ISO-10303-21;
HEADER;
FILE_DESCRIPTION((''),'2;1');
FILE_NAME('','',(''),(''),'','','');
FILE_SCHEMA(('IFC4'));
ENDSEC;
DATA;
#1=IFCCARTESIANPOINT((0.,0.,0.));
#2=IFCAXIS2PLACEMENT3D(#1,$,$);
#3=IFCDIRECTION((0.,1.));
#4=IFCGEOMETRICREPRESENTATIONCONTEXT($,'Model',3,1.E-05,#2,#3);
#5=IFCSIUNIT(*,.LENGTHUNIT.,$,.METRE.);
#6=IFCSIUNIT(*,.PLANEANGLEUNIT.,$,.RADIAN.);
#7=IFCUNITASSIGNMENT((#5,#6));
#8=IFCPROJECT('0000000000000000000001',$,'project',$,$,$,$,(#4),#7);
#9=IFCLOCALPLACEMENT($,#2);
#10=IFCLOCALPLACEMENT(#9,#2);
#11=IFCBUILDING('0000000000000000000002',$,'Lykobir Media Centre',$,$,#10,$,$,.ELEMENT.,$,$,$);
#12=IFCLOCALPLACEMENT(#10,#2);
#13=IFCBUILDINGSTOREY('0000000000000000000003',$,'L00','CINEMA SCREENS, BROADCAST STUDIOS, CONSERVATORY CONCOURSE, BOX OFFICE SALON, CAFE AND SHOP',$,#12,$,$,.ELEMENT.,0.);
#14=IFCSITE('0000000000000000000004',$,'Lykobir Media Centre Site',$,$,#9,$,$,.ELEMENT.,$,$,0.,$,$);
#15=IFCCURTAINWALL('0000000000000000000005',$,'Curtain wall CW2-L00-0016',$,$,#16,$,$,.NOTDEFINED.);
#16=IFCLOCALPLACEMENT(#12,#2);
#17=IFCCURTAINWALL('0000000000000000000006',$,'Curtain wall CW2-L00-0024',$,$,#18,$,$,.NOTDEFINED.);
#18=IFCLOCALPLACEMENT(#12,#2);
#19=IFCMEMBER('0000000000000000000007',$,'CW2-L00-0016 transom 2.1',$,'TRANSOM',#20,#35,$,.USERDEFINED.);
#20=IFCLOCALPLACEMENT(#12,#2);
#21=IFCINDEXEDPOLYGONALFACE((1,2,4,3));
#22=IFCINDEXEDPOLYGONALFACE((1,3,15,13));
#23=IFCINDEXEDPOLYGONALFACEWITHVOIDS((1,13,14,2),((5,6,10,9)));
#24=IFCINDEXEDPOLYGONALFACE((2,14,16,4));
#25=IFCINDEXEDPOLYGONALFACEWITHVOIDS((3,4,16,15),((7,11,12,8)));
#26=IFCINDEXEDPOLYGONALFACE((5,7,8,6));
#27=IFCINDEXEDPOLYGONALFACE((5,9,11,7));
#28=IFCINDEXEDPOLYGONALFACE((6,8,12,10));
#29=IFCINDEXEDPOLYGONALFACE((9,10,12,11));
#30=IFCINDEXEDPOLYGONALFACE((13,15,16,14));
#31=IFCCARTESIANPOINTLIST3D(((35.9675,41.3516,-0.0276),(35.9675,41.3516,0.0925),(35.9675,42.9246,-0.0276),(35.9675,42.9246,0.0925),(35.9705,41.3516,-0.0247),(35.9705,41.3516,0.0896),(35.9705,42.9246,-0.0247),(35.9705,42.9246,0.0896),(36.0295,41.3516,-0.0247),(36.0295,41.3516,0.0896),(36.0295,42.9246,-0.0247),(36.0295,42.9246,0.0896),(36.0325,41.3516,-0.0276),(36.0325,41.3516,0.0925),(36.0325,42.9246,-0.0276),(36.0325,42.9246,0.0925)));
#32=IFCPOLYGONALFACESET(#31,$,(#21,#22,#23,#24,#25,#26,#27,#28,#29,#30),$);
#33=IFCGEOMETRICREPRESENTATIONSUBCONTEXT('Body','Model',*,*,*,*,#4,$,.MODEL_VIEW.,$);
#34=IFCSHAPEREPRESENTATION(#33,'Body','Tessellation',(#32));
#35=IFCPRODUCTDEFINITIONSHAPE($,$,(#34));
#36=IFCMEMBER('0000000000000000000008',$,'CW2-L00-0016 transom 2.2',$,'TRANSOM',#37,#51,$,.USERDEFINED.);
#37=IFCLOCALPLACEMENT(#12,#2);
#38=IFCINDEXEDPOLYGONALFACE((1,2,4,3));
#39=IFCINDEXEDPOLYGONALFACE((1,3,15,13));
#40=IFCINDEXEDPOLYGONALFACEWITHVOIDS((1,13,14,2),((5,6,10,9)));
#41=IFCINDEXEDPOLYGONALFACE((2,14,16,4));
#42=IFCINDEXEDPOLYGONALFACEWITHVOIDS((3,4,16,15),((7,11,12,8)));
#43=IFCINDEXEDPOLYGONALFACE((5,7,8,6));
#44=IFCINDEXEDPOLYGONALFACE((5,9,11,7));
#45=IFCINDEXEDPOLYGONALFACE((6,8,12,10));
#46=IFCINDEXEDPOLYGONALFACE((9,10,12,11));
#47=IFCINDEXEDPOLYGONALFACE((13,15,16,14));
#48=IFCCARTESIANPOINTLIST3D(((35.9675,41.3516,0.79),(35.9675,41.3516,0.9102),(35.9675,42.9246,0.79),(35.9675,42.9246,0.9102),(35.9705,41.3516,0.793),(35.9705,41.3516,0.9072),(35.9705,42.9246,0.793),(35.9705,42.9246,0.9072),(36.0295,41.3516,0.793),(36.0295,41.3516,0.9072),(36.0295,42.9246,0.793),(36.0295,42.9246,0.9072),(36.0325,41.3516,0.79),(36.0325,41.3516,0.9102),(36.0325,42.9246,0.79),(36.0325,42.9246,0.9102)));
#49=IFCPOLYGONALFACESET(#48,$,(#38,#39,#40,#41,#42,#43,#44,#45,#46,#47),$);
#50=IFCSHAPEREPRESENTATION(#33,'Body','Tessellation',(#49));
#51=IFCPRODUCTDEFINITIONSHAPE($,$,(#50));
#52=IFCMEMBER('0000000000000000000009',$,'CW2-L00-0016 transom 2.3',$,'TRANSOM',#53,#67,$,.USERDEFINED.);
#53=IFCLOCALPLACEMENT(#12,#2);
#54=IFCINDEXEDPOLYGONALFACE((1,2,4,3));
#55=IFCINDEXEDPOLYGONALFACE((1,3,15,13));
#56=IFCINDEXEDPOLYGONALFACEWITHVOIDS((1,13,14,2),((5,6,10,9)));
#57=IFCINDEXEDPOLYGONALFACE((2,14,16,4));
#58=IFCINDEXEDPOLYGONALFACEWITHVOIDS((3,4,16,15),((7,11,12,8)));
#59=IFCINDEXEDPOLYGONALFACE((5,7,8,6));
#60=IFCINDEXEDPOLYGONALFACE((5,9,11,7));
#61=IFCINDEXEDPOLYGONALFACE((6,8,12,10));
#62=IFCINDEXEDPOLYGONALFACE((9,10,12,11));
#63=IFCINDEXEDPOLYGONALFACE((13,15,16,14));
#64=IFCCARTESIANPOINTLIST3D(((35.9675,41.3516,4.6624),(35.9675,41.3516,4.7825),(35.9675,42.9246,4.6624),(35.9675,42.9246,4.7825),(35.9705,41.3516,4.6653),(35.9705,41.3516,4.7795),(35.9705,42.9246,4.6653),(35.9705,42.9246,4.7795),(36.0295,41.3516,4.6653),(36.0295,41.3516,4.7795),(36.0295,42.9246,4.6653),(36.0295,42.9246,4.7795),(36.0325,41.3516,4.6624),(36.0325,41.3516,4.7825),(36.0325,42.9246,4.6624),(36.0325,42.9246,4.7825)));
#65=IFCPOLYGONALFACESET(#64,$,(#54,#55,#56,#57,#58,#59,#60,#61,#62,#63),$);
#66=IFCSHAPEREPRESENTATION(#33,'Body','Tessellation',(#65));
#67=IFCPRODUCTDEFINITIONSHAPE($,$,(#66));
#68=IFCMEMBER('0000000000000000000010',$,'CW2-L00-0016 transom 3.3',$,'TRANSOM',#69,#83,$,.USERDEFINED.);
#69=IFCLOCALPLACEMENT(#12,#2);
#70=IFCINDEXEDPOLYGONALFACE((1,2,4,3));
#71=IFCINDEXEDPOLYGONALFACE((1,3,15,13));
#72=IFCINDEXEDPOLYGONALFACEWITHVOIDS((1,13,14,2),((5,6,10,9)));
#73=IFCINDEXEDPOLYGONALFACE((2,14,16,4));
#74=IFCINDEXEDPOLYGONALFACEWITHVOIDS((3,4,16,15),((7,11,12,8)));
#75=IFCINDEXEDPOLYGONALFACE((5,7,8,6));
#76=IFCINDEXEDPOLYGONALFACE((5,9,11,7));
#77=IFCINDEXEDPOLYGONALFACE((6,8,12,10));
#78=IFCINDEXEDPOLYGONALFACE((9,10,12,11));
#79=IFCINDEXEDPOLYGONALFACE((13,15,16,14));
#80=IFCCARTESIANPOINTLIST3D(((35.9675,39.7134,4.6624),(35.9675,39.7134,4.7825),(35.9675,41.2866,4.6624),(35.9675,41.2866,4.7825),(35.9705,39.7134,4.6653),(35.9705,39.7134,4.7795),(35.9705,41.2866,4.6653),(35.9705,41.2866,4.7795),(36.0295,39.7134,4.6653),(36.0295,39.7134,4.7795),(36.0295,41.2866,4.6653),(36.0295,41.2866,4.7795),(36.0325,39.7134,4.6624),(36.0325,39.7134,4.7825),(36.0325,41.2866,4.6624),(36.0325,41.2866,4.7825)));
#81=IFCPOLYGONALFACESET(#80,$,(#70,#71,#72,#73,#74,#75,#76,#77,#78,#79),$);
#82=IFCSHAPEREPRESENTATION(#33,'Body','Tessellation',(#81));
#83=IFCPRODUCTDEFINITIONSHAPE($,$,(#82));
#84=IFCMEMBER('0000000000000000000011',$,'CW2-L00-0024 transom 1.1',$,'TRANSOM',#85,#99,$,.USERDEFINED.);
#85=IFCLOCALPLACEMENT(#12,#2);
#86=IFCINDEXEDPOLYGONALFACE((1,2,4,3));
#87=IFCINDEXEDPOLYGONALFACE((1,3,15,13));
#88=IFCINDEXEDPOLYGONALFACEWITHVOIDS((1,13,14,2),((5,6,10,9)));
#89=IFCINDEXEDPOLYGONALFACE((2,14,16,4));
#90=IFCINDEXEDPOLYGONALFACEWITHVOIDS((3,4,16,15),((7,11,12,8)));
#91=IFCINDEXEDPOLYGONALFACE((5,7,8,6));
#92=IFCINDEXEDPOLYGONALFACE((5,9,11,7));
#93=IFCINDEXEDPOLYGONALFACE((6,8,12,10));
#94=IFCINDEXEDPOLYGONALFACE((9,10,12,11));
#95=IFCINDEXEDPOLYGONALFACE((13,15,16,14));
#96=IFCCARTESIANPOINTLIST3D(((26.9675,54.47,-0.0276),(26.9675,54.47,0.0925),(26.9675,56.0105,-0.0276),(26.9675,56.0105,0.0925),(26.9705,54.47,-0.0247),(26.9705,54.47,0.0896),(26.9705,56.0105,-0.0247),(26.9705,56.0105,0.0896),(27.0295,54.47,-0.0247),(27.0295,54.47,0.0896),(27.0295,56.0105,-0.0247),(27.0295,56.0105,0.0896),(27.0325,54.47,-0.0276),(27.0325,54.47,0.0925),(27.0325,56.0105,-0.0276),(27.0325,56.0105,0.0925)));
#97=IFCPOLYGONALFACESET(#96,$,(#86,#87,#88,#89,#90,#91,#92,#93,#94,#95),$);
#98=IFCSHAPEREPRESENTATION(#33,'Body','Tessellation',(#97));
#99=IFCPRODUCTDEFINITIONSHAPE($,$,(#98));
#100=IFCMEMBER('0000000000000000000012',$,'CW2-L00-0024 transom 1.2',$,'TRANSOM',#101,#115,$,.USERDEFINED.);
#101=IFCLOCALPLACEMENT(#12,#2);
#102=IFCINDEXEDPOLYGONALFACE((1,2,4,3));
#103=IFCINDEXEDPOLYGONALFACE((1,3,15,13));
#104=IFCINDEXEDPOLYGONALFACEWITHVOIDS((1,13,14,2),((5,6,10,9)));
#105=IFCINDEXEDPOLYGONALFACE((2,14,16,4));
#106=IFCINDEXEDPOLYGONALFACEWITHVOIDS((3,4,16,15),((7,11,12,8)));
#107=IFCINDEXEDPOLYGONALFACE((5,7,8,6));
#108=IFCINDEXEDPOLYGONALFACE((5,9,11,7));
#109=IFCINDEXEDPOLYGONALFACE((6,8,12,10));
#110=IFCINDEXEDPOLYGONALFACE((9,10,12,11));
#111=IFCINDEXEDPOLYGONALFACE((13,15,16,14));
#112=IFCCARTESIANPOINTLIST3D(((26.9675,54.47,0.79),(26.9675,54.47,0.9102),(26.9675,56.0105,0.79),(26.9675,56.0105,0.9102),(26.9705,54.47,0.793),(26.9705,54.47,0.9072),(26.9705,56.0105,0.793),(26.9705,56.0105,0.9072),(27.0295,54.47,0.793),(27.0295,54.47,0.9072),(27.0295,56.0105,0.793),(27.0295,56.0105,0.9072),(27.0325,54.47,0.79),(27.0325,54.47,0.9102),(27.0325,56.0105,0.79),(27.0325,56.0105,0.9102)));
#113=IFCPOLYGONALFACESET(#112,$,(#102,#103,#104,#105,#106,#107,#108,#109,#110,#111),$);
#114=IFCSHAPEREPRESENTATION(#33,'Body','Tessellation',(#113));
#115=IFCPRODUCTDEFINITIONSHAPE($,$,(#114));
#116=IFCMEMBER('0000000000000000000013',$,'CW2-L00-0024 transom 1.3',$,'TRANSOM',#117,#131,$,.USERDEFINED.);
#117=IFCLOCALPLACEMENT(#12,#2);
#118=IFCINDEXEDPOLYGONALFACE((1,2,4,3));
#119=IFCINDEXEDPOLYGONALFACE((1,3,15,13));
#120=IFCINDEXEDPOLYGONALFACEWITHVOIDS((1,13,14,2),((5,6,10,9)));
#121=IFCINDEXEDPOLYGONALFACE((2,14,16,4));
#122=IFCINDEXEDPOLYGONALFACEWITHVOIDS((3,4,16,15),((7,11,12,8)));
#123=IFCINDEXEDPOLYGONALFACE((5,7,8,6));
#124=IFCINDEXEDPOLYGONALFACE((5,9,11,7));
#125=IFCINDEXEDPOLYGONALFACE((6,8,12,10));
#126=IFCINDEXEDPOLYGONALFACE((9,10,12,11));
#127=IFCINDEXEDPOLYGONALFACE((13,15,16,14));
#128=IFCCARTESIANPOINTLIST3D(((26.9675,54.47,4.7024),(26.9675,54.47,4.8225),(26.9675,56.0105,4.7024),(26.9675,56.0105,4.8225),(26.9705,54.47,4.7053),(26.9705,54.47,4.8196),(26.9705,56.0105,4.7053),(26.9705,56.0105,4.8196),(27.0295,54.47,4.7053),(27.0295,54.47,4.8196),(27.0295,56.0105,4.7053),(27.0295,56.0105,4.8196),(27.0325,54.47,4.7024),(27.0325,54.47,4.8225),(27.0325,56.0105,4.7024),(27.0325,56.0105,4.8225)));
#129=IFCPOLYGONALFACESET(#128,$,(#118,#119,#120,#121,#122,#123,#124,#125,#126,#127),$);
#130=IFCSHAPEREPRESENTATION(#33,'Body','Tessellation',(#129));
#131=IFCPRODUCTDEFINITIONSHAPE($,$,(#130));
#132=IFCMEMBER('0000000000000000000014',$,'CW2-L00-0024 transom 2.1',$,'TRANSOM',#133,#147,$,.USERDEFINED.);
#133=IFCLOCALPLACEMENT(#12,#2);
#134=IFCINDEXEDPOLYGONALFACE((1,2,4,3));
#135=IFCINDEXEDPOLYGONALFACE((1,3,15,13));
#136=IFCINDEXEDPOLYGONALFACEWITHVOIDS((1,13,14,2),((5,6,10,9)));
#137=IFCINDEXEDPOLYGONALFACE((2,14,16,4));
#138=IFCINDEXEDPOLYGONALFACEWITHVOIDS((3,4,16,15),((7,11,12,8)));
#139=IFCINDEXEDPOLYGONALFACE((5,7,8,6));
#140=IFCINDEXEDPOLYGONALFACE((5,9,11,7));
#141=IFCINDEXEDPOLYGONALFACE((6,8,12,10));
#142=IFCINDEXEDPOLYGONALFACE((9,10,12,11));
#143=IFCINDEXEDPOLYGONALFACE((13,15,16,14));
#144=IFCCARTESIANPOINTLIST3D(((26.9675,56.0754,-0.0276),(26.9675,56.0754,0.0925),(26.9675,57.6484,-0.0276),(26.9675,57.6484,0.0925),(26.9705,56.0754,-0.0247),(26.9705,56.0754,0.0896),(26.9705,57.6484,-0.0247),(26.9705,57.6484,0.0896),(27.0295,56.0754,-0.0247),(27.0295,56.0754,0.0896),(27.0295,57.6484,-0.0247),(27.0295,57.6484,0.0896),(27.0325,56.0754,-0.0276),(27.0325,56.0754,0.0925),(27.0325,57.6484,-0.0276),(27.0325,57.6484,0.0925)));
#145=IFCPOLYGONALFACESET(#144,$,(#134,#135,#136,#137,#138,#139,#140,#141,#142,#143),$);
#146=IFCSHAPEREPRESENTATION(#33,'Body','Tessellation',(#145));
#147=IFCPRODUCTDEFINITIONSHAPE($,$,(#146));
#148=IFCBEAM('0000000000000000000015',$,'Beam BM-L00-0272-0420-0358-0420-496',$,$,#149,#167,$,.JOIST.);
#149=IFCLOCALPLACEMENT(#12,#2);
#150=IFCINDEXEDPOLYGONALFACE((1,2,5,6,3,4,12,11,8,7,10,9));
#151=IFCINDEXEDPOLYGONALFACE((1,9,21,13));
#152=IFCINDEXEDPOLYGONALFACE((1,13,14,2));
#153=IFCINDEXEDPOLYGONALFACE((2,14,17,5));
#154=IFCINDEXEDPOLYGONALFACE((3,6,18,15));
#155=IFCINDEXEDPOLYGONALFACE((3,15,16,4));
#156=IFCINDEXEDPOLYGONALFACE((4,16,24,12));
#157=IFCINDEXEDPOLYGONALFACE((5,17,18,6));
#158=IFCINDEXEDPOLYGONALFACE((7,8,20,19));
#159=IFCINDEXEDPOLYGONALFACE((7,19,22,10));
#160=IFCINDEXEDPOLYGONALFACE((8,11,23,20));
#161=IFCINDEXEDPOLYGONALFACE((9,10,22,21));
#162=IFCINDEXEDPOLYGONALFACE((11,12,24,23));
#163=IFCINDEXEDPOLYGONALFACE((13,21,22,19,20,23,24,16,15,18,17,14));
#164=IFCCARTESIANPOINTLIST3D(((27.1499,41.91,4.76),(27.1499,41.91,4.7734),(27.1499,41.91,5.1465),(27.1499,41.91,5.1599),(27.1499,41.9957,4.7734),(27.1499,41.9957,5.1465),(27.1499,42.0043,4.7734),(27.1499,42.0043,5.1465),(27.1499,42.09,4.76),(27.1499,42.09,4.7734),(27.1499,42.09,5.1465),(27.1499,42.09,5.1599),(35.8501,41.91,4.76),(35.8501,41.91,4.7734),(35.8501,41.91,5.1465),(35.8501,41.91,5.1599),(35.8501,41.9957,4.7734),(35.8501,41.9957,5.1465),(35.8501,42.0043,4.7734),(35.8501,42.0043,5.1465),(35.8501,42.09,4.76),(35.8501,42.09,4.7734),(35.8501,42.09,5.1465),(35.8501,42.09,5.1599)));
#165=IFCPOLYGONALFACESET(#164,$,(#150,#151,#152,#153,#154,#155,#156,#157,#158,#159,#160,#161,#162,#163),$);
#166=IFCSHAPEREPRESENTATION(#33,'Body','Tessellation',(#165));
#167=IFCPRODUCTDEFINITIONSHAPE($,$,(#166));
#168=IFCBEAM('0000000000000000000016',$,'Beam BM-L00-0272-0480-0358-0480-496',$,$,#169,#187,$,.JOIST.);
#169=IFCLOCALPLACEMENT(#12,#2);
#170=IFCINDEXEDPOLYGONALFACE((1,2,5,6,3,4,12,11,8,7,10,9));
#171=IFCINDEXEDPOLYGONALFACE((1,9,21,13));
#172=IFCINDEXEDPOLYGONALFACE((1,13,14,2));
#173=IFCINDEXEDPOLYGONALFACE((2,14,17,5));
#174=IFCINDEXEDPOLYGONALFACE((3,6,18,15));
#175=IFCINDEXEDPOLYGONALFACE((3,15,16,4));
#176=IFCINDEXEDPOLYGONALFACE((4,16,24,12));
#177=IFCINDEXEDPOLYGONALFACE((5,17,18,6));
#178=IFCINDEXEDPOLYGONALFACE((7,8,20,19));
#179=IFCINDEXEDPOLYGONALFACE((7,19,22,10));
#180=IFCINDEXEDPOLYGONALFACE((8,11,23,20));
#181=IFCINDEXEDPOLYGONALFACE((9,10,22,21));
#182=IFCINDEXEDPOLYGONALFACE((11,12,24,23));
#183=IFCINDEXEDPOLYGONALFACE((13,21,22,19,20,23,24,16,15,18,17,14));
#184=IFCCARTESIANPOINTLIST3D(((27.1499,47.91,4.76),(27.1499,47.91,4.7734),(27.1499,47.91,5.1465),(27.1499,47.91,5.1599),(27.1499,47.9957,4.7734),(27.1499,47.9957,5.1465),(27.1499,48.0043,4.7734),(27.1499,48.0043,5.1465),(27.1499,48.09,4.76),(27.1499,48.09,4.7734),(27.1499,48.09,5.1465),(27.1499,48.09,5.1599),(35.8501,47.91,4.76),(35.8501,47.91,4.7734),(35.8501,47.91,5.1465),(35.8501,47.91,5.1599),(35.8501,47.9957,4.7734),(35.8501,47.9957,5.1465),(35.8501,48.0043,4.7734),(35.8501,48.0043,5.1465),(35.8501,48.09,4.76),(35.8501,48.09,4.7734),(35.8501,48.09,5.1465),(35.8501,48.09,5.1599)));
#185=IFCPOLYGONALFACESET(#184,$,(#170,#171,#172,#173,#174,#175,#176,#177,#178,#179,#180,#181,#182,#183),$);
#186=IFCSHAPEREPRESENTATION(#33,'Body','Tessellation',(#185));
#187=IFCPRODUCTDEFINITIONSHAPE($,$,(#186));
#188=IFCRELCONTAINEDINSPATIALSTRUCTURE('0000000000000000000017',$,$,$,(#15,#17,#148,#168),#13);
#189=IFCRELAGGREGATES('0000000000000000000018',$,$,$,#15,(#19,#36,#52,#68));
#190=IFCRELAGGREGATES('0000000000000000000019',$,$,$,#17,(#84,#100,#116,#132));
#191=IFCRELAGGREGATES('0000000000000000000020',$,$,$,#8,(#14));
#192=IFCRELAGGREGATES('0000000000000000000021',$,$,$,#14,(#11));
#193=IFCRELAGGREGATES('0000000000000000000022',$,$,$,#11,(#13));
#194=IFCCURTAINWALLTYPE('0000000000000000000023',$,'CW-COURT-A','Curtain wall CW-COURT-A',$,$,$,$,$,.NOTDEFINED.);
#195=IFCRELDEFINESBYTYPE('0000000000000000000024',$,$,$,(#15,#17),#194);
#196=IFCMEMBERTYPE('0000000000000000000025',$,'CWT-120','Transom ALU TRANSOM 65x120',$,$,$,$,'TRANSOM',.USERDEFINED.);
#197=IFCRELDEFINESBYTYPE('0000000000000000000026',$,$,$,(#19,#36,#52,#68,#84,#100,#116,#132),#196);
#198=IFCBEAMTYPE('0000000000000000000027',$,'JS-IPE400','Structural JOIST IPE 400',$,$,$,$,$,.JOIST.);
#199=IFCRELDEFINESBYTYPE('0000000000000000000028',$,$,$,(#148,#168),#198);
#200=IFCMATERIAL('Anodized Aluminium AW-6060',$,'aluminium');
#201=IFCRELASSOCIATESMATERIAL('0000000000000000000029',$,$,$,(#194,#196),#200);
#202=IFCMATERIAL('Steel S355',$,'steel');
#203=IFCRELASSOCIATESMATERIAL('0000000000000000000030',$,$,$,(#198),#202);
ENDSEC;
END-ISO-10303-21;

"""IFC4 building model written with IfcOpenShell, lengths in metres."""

from ifc_helpers import new_model, si_unit, direction, frame, origin, origin_2d, place, context, subcontext, project, spatial, hollow_rectangle, i_section, extrude, material, material_profile, profile_set, type_object, element, aggregate, save


model = new_model("IFC4")

# Units and contexts
model_context = context("Model", 3, precision=1e-05, world=origin(), true_north=direction((0.0, 1.0)))
body_context = subcontext(model_context, "Body", "Model", "MODEL_VIEW")
ifc_project = project(units=[si_unit("LENGTHUNIT", "METRE"), si_unit("PLANEANGLEUNIT", "RADIAN")], contexts=[model_context])

# Site, building, storey
site_placement = place(None, origin())
site = spatial("IfcSite", under=ifc_project, at=site_placement, Name="Lykobir Media Centre Site", CompositionType="ELEMENT", RefElevation=0.0)
building_placement = place(site_placement, origin())
building = spatial("IfcBuilding", under=site, at=building_placement, Name="Lykobir Media Centre", CompositionType="ELEMENT")
storey_placement = place(building_placement, origin())
storey = spatial("IfcBuildingStorey", under=building, at=storey_placement, Name="L00", Description="CINEMA SCREENS, BROADCAST STUDIOS, CONSERVATORY CONCOURSE, BOX OFFICE SALON, CAFE AND SHOP", CompositionType="ELEMENT", Elevation=0.0)

# Shared definitions
ifc_material_1 = material(Name="Steel S355", Category="steel")

# Curtain wall
ifc_material_2 = material(Name="Anodized Aluminium AW-6060", Category="aluminium")
curtain_wall_type = type_object("IfcCurtainWallType", Name="CW-COURT-A", Description="Curtain wall CW-COURT-A", PredefinedType="NOTDEFINED", material=ifc_material_2)
curtain_wall_1_placement = place(storey_placement, origin())
curtain_wall_1 = element("IfcCurtainWall", 1, at=curtain_wall_1_placement, inside=storey, type_object=curtain_wall_type, Name="Curtain wall CW2-L00-0016", PredefinedType="NOTDEFINED")

# Curtain wall
curtain_wall_2_placement = place(storey_placement, origin())
curtain_wall_2 = element("IfcCurtainWall", 2, at=curtain_wall_2_placement, inside=storey, type_object=curtain_wall_type, Name="Curtain wall CW2-L00-0024", PredefinedType="NOTDEFINED")

# Members
ifc_material_profile_1 = material_profile(ifc_material_2, hollow_rectangle(XDim=0.0649, YDim=0.1201, WallThickness=0.0029, at=origin_2d()), Name="ALU TRANSOM 65x120")
ifc_profile_set_1 = profile_set([ifc_material_profile_1], Name="Anodized Aluminium AW-6060")
member_type_1 = type_object("IfcMemberType", Name="CWT-120", Description="Transom ALU TRANSOM 65x120", ElementType="TRANSOM", PredefinedType="USERDEFINED", material=ifc_profile_set_1)
member_1_placement = place(storey_placement, frame((36.0, 42.9246, 0.0325), z_axis=(0.0, -1.0, 0.0), x_axis=(1.0, 0.0, 0.0)))
member_1 = element("IfcMember", 3, at=member_1_placement, type_object=member_type_1, Name="CW2-L00-0016 transom 2.1", ObjectType="TRANSOM", PredefinedType="USERDEFINED", context=body_context, shape_type="SweptSolid", body=[
    extrude(hollow_rectangle(XDim=0.0649, YDim=0.1201, WallThickness=0.0029, at=origin_2d()), origin(), (0.0, 0.0, 1.0), 1.573),
])
member_2_placement = place(storey_placement, frame((36.0, 42.9246, 0.8501), z_axis=(0.0, -1.0, 0.0), x_axis=(1.0, 0.0, 0.0)))
member_2 = element("IfcMember", 4, at=member_2_placement, type_object=member_type_1, Name="CW2-L00-0016 transom 2.2", ObjectType="TRANSOM", PredefinedType="USERDEFINED", context=body_context, shape_type="SweptSolid", body=[
    extrude(hollow_rectangle(XDim=0.0649, YDim=0.1201, WallThickness=0.0029, at=origin_2d()), origin(), (0.0, 0.0, 1.0), 1.573),
])
member_3_placement = place(storey_placement, frame((36.0, 42.9246, 4.7224), z_axis=(0.0, -1.0, 0.0), x_axis=(1.0, 0.0, 0.0)))
member_3 = element("IfcMember", 5, at=member_3_placement, type_object=member_type_1, Name="CW2-L00-0016 transom 2.3", ObjectType="TRANSOM", PredefinedType="USERDEFINED", context=body_context, shape_type="SweptSolid", body=[
    extrude(hollow_rectangle(XDim=0.0649, YDim=0.1201, WallThickness=0.0029, at=origin_2d()), origin(), (0.0, 0.0, 1.0), 1.573),
])
member_4_placement = place(storey_placement, frame((36.0, 41.2866, 4.7224), z_axis=(0.0, -1.0, 0.0), x_axis=(1.0, 0.0, 0.0)))
member_4 = element("IfcMember", 6, at=member_4_placement, type_object=member_type_1, Name="CW2-L00-0016 transom 3.3", ObjectType="TRANSOM", PredefinedType="USERDEFINED", context=body_context, shape_type="SweptSolid", body=[
    extrude(hollow_rectangle(XDim=0.0649, YDim=0.1201, WallThickness=0.0029, at=origin_2d()), origin(), (0.0, 0.0, 1.0), 1.5732),
])
member_5_placement = place(storey_placement, frame((27.0, 54.47, 0.0325), z_axis=(0.0, 1.0, 0.0), x_axis=(-1.0, 0.0, 0.0)))
member_5 = element("IfcMember", 7, at=member_5_placement, type_object=member_type_1, Name="CW2-L00-0024 transom 1.1", ObjectType="TRANSOM", PredefinedType="USERDEFINED", context=body_context, shape_type="SweptSolid", body=[
    extrude(hollow_rectangle(XDim=0.0649, YDim=0.1201, WallThickness=0.0029, at=origin_2d()), origin(), (0.0, 0.0, 1.0), 1.5405),
])
member_6_placement = place(storey_placement, frame((27.0, 54.47, 0.8501), z_axis=(0.0, 1.0, 0.0), x_axis=(-1.0, 0.0, 0.0)))
member_6 = element("IfcMember", 8, at=member_6_placement, type_object=member_type_1, Name="CW2-L00-0024 transom 1.2", ObjectType="TRANSOM", PredefinedType="USERDEFINED", context=body_context, shape_type="SweptSolid", body=[
    extrude(hollow_rectangle(XDim=0.0649, YDim=0.1201, WallThickness=0.0029, at=origin_2d()), origin(), (0.0, 0.0, 1.0), 1.5405),
])
member_7_placement = place(storey_placement, frame((27.0, 54.47, 4.7625), z_axis=(0.0, 1.0, 0.0), x_axis=(-1.0, 0.0, 0.0)))
member_7 = element("IfcMember", 9, at=member_7_placement, type_object=member_type_1, Name="CW2-L00-0024 transom 1.3", ObjectType="TRANSOM", PredefinedType="USERDEFINED", context=body_context, shape_type="SweptSolid", body=[
    extrude(hollow_rectangle(XDim=0.0649, YDim=0.1201, WallThickness=0.0029, at=origin_2d()), origin(), (0.0, 0.0, 1.0), 1.5405),
])
member_8_placement = place(storey_placement, frame((27.0, 56.0754, 0.0325), z_axis=(0.0, 1.0, 0.0), x_axis=(-1.0, 0.0, 0.0)))
member_8 = element("IfcMember", 10, at=member_8_placement, type_object=member_type_1, Name="CW2-L00-0024 transom 2.1", ObjectType="TRANSOM", PredefinedType="USERDEFINED", context=body_context, shape_type="SweptSolid", body=[
    extrude(hollow_rectangle(XDim=0.0649, YDim=0.1201, WallThickness=0.0029, at=origin_2d()), origin(), (0.0, 0.0, 1.0), 1.573),
])

# Beams
ifc_material_profile_2 = material_profile(ifc_material_1, i_section(OverallWidth=0.1799, OverallDepth=0.3999, WebThickness=0.0085, FlangeThickness=0.0134, at=origin_2d()), Name="IPE 400")
ifc_profile_set_2 = profile_set([ifc_material_profile_2], Name="Steel S355")
beam_type_1 = type_object("IfcBeamType", Name="JS-IPE400", Description="Structural JOIST IPE 400", PredefinedType="JOIST", material=ifc_profile_set_2)
for number, where, z_axis, x_axis, name in (
    (11, (27.1499, 42.0, 4.96), (1.0, 0.0, 0.0), (0.0, 1.0, 0.0), "Beam BM-L00-0272-0420-0358-0420-496"),
    (12, (27.1499, 48.0, 4.96), (1.0, 0.0, 0.0), (0.0, 1.0, 0.0), "Beam BM-L00-0272-0480-0358-0480-496"),
):
    element("IfcBeam", number, at=place(storey_placement, frame(where, z_axis=z_axis, x_axis=x_axis)), inside=storey, type_object=beam_type_1, Name=name, PredefinedType="JOIST", context=body_context, shape_type="SweptSolid", body=[
        extrude(i_section(OverallWidth=0.1799, OverallDepth=0.3999, WebThickness=0.0085, FlangeThickness=0.0134, at=origin_2d()), origin(), (0.0, 0.0, 1.0), 8.7002),
    ])

aggregate(curtain_wall_1, [member_1, member_2, member_3, member_4])
aggregate(curtain_wall_2, [member_5, member_6, member_7, member_8])

save(model, "model.ifc")
